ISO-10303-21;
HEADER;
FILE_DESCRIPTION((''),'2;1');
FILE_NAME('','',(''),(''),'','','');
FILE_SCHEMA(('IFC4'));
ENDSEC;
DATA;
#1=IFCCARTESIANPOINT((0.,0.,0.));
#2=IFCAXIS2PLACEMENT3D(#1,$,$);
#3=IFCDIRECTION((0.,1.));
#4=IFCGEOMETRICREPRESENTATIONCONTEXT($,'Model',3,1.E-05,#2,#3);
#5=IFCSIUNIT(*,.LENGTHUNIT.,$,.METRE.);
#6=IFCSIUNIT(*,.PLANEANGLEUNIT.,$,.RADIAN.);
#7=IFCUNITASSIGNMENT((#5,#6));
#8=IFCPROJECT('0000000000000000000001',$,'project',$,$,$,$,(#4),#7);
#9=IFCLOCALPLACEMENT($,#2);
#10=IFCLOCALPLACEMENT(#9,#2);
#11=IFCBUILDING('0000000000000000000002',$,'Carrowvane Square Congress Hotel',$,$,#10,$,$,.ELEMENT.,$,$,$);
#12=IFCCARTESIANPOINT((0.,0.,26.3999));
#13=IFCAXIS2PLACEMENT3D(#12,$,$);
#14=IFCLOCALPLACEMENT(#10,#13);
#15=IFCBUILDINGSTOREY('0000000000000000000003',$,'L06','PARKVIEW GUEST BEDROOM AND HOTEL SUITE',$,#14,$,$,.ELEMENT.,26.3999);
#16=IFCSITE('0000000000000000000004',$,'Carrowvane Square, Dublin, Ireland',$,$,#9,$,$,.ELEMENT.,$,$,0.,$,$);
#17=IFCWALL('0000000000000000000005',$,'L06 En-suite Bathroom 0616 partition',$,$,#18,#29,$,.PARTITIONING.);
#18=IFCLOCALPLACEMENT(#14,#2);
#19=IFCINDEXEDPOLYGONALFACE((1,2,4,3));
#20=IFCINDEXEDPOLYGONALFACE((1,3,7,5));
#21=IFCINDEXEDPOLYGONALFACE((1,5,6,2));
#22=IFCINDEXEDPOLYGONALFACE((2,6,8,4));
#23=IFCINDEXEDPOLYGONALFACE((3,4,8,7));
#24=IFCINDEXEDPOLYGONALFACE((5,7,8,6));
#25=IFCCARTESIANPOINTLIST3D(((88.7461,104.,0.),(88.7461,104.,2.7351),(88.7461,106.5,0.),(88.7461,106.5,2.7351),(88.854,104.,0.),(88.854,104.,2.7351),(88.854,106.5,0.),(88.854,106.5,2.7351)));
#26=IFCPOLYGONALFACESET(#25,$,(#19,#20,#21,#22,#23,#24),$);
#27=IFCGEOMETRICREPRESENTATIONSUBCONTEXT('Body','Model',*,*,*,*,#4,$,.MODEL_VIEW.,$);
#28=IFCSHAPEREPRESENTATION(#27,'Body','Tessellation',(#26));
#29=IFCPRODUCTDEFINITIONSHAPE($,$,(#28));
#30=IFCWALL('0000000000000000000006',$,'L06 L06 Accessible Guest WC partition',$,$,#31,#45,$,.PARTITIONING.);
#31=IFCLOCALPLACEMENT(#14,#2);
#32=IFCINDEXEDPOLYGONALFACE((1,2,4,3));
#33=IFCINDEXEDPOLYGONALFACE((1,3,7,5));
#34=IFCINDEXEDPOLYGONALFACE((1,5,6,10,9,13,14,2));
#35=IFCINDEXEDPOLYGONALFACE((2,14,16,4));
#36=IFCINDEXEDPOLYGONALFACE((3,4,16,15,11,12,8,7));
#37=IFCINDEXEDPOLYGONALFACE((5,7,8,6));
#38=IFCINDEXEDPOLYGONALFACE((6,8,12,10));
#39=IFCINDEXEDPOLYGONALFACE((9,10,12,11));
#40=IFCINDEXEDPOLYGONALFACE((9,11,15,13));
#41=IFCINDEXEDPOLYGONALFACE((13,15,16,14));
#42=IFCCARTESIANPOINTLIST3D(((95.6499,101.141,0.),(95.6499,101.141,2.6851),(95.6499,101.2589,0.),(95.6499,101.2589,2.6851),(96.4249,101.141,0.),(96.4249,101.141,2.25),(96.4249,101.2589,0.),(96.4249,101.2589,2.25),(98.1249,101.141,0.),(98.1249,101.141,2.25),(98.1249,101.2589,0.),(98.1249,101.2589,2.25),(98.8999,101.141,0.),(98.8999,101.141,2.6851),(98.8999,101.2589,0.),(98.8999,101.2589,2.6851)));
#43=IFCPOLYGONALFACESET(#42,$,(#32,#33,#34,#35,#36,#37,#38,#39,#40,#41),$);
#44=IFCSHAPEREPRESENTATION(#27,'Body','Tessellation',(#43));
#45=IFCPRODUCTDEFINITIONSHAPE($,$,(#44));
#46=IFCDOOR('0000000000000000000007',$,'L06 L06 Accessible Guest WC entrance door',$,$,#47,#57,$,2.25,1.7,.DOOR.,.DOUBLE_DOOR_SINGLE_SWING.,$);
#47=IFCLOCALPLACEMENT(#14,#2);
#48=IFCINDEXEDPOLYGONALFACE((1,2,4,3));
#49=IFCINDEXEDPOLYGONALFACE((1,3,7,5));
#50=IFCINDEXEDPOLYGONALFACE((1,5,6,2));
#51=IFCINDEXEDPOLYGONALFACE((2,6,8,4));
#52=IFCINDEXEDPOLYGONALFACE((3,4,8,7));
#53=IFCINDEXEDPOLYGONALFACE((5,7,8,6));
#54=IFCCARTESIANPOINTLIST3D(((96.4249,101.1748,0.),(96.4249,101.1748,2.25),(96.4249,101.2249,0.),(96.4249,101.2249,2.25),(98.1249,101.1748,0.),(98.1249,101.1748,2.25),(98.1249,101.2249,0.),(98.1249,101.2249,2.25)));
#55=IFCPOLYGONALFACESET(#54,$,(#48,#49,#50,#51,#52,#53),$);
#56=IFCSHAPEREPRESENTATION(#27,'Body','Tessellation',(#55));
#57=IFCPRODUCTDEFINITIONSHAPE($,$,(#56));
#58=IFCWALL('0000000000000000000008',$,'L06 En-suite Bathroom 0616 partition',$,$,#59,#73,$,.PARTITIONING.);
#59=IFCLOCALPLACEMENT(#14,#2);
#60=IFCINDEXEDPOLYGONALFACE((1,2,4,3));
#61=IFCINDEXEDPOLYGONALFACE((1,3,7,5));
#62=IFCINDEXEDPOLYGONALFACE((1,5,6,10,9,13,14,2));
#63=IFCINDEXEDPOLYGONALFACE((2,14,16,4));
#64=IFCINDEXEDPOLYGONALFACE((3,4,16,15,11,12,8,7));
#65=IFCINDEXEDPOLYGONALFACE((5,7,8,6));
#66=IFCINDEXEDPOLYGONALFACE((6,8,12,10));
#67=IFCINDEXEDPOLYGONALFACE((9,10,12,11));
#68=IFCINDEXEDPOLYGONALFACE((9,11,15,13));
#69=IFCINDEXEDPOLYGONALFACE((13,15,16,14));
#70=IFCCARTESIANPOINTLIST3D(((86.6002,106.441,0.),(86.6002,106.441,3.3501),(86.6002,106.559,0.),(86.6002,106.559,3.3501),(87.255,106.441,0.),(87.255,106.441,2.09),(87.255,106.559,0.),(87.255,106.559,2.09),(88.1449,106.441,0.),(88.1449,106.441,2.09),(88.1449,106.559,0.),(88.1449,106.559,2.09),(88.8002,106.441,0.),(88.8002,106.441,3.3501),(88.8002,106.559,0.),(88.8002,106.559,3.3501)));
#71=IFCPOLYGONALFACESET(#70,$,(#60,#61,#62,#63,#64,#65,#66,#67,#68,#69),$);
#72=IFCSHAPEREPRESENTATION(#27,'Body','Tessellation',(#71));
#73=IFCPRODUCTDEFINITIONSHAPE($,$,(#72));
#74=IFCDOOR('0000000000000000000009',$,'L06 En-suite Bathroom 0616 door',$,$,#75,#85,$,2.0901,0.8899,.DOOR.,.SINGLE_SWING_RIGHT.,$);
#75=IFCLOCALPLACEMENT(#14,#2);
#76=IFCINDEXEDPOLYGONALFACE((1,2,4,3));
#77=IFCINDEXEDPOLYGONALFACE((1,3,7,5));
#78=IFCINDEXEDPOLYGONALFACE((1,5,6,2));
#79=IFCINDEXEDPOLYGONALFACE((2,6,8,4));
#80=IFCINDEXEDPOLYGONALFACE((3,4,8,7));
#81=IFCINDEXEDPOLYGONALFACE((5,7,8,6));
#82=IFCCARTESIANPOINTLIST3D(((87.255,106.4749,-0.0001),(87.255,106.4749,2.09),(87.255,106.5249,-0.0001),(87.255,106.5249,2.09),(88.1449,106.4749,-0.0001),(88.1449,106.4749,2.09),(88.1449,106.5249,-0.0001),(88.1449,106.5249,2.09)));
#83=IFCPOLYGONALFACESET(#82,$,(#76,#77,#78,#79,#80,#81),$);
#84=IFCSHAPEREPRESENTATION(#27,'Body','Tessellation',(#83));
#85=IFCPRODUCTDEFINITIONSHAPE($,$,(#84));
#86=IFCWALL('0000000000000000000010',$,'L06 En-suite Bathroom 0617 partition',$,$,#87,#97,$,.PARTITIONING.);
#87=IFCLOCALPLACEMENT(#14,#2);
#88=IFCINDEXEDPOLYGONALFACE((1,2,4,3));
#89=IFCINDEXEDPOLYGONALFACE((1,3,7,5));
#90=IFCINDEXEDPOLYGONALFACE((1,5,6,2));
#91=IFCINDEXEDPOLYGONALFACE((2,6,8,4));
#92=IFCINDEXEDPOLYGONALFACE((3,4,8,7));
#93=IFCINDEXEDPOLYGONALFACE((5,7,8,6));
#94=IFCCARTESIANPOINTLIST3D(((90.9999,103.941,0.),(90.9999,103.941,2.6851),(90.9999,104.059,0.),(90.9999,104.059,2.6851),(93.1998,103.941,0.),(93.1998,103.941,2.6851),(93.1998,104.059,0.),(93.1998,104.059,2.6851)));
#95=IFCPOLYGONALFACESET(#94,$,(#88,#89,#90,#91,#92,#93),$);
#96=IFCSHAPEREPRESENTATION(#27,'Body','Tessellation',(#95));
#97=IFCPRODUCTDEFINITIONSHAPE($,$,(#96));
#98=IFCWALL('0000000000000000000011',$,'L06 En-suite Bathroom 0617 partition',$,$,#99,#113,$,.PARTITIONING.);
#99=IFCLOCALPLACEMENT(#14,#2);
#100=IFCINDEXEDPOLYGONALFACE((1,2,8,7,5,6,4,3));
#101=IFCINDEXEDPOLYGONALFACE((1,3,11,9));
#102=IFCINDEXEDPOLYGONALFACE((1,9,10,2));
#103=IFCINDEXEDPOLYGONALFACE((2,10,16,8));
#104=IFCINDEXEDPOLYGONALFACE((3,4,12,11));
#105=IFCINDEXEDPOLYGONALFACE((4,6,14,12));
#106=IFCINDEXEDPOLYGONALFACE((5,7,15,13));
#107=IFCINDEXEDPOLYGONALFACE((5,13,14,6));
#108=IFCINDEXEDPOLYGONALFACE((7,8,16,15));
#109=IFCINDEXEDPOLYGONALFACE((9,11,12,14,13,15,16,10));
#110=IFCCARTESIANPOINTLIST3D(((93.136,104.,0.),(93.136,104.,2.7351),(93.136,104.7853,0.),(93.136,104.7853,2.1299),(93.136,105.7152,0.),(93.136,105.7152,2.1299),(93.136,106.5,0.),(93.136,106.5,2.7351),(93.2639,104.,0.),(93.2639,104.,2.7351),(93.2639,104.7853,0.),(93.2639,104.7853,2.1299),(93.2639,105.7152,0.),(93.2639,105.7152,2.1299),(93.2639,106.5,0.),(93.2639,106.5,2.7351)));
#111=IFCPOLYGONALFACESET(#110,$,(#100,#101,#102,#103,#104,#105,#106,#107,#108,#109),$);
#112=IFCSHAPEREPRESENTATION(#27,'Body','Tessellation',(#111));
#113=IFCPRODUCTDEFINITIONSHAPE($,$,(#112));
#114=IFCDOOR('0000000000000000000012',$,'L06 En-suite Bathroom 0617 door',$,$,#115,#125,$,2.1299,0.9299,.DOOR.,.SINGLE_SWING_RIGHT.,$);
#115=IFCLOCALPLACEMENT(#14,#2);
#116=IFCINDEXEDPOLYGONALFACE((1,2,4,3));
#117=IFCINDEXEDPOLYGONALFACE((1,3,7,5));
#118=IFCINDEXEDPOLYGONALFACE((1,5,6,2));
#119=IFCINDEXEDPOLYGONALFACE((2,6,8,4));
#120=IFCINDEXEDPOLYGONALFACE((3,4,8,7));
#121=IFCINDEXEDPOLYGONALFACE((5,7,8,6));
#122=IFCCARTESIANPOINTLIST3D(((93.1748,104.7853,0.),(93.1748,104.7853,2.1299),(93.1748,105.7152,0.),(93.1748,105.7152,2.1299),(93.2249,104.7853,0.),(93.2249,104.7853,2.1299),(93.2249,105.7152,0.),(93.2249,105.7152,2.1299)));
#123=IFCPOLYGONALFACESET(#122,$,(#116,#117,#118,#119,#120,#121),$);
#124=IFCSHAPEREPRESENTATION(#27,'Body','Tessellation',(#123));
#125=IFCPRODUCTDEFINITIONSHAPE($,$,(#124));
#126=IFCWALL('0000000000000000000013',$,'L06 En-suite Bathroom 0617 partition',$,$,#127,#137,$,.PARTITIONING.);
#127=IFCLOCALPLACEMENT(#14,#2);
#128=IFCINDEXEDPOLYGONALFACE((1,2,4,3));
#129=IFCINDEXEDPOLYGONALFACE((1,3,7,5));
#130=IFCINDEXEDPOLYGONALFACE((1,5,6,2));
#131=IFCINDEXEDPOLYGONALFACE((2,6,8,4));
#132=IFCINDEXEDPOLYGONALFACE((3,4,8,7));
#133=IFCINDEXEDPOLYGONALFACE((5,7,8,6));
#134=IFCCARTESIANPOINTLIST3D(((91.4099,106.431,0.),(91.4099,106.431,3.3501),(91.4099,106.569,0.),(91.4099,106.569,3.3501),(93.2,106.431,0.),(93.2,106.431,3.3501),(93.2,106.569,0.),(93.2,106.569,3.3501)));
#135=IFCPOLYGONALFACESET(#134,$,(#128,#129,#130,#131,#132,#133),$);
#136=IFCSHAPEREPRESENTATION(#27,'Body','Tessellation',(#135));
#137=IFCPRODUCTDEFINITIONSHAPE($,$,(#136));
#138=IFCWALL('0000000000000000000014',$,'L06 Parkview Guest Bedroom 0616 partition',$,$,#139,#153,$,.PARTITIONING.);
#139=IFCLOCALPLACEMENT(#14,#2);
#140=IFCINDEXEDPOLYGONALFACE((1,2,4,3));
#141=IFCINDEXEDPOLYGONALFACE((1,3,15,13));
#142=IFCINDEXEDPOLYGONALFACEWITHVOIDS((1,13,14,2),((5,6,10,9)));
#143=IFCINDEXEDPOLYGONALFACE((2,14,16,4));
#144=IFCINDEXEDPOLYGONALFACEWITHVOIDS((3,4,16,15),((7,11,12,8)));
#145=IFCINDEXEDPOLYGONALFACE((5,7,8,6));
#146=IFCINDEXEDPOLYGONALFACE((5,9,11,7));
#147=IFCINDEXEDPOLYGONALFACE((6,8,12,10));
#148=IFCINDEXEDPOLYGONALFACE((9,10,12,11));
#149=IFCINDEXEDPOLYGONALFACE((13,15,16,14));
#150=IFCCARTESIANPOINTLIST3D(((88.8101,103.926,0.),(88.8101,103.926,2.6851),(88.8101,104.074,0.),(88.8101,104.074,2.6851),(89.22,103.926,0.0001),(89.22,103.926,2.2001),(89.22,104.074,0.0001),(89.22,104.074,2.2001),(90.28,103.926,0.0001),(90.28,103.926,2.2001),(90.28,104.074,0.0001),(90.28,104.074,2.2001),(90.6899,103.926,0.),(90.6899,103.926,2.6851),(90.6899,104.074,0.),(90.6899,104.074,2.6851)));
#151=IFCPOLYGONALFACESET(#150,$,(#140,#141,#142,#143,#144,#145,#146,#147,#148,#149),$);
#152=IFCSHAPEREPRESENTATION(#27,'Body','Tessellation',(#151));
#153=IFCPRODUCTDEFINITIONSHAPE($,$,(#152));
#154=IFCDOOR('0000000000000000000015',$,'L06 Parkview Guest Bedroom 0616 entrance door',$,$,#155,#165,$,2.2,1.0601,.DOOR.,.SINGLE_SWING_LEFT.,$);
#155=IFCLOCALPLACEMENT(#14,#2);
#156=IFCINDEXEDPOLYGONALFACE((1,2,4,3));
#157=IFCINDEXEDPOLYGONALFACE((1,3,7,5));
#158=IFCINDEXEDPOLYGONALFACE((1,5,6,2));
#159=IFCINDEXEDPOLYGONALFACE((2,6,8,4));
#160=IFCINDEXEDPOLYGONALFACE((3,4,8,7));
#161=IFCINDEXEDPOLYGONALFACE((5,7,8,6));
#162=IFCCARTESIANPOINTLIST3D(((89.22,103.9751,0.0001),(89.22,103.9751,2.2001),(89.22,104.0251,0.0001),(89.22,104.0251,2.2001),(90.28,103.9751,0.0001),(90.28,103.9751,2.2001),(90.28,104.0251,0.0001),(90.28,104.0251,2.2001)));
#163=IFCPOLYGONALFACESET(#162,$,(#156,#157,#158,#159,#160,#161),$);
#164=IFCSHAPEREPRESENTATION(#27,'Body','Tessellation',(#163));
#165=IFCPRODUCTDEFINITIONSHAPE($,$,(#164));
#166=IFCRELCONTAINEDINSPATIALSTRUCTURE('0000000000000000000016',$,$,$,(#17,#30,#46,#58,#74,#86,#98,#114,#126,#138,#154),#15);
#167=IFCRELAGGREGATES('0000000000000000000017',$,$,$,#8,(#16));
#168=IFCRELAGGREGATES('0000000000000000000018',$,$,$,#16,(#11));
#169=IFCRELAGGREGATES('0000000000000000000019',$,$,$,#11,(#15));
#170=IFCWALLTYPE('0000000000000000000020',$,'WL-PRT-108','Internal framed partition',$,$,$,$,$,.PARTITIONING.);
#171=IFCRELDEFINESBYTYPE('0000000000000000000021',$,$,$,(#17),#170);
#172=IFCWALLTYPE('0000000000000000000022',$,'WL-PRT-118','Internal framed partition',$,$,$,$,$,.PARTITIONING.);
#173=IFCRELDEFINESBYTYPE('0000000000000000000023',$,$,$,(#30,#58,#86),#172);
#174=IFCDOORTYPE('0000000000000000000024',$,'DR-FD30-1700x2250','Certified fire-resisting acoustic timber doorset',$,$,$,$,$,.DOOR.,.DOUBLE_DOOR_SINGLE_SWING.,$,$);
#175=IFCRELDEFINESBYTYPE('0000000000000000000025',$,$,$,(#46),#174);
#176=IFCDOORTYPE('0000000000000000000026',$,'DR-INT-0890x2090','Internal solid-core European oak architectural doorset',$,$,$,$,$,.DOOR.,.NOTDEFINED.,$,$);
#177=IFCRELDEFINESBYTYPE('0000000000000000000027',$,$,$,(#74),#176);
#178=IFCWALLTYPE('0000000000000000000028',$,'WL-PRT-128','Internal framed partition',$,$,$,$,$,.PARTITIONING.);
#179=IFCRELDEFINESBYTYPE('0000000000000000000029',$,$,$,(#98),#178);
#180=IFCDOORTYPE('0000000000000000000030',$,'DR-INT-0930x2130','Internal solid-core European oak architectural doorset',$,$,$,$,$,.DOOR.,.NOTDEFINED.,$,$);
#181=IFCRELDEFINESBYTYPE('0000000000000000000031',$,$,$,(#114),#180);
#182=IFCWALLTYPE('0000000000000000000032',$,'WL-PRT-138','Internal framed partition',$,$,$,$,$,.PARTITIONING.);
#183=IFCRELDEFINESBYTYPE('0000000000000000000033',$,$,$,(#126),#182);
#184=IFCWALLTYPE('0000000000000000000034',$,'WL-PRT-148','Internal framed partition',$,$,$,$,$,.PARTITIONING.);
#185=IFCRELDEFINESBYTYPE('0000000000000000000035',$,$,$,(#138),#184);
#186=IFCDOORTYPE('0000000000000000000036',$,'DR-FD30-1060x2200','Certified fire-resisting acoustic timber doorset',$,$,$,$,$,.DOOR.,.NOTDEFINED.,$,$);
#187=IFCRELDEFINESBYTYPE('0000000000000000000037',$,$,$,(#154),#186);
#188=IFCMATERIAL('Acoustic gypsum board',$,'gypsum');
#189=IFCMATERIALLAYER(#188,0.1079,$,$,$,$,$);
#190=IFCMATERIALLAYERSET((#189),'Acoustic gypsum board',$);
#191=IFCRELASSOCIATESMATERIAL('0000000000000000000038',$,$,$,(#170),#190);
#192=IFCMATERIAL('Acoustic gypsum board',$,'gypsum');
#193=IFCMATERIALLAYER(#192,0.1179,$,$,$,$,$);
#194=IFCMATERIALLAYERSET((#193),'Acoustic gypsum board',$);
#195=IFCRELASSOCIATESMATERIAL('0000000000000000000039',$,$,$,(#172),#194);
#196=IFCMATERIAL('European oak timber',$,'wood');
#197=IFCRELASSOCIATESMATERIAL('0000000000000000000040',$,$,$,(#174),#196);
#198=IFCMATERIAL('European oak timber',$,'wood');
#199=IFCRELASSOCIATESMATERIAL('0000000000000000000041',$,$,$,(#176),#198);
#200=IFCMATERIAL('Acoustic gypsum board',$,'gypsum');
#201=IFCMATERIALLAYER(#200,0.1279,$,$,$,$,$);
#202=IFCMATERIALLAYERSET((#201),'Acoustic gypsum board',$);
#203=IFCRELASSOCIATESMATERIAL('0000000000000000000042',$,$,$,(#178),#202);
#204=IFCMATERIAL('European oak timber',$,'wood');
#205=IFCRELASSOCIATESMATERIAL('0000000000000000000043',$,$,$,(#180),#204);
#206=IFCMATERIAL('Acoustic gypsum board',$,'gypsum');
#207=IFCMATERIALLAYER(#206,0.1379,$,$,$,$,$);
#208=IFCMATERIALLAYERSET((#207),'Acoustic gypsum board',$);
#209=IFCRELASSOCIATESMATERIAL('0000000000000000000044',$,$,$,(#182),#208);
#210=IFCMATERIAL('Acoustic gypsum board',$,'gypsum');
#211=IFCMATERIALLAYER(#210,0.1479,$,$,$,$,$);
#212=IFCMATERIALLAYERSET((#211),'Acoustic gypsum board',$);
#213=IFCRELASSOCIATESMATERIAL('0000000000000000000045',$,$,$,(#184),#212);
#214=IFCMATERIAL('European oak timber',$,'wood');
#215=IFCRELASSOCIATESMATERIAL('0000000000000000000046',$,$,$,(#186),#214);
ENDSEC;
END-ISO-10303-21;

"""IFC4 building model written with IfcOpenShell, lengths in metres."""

from ifc_helpers import new_model, si_unit, direction, frame, frame_2d, origin, place, context, subcontext, project, spatial, rectangle, extrude, material, layer, layer_set, type_object, element, fill, save


model = new_model("IFC4")

# Units and contexts
model_context = context("Model", 3, precision=1e-05, world=origin(), true_north=direction((0.0, 1.0)))
body_context = subcontext(model_context, "Body", "Model", "MODEL_VIEW")
ifc_project = project(units=[si_unit("LENGTHUNIT", "METRE"), si_unit("PLANEANGLEUNIT", "RADIAN")], contexts=[model_context])

# Site, building, storey
site_placement = place(None, origin())
site = spatial("IfcSite", under=ifc_project, at=site_placement, Name="Carrowvane Square, Dublin, Ireland", CompositionType="ELEMENT", RefElevation=0.0)
building_placement = place(site_placement, origin())
building = spatial("IfcBuilding", under=site, at=building_placement, Name="Carrowvane Square Congress Hotel", CompositionType="ELEMENT")
storey_placement = place(building_placement, frame((0.0, 0.0, 26.3999)))
storey = spatial("IfcBuildingStorey", under=building, at=storey_placement, Name="L06", Description="PARKVIEW GUEST BEDROOM AND HOTEL SUITE", CompositionType="ELEMENT", Elevation=26.3999)

# Wall
ifc_material_1 = material(Name="Acoustic gypsum board", Category="gypsum")
ifc_layer_1 = layer(ifc_material_1, 0.1079)
ifc_layer_set_1 = layer_set([ifc_layer_1], Name="Acoustic gypsum board")
wall_type_1 = type_object("IfcWallType", Name="WL-PRT-108", Description="Internal framed partition", PredefinedType="PARTITIONING", material=ifc_layer_set_1)
wall_1_placement = place(storey_placement, frame((88.8, 106.5, 0.0), z_axis=(0.0, 0.0, 1.0), x_axis=(0.0, -1.0, 0.0)))
element("IfcWall", 1, at=wall_1_placement, inside=storey, type_object=wall_type_1, Name="L06 En-suite Bathroom 0616 partition", PredefinedType="PARTITIONING", context=body_context, shape_type="SweptSolid", body=[
    extrude(rectangle(XDim=2.5, YDim=0.1079, at=frame_2d((1.25, 0.0))), origin(), (0.0, 0.0, 1.0), 2.7351),
])

# Walls, openings, doors
ifc_material_2 = material(Name="Acoustic gypsum board", Category="gypsum")
ifc_layer_2 = layer(ifc_material_2, 0.1179)
ifc_layer_set_2 = layer_set([ifc_layer_2], Name="Acoustic gypsum board")
wall_type_2 = type_object("IfcWallType", Name="WL-PRT-118", Description="Internal framed partition", PredefinedType="PARTITIONING", material=ifc_layer_set_2)
wall_2_placement = place(storey_placement, frame((95.6499, 101.2, 0.0), z_axis=(0.0, 0.0, 1.0), x_axis=(1.0, 0.0, 0.0)))
wall_2 = element("IfcWall", 2, at=wall_2_placement, inside=storey, type_object=wall_type_2, Name="L06 L06 Accessible Guest WC partition", PredefinedType="PARTITIONING", context=body_context, shape_type="SweptSolid", body=[
    extrude(rectangle(XDim=3.25, YDim=0.1179, at=frame_2d((1.625, 0.0))), origin(), (0.0, 0.0, 1.0), 2.6851),
])
opening_1_placement = place(wall_2_placement, frame((0.7749, 0.0, 0.0)))
opening_1 = element("IfcOpeningElement", 3, at=opening_1_placement, cuts=wall_2, PredefinedType="OPENING", context=body_context, shape_type="SweptSolid", body=[
    extrude(rectangle(XDim=1.7, YDim=2.25, at=frame_2d((0.8501, 1.125))), frame((0.0, 0.0688, 0.0), z_axis=(0.0, -1.0, 0.0), x_axis=(1.0, 0.0, 0.0)), (0.0, 0.0, 1.0), 0.1379),
])
ifc_material_3 = material(Name="European oak timber", Category="wood")
door_type_1 = type_object("IfcDoorType", Name="DR-FD30-1700x2250", Description="Certified fire-resisting acoustic timber doorset", OperationType="DOUBLE_DOOR_SINGLE_SWING", PredefinedType="DOOR", material=ifc_material_3)
door_1_placement = place(opening_1_placement, origin())
door_1 = element("IfcDoor", 4, at=door_1_placement, inside=storey, type_object=door_type_1, Name="L06 L06 Accessible Guest WC entrance door", OperationType="DOUBLE_DOOR_SINGLE_SWING", OverallHeight=2.25, OverallWidth=1.7, PredefinedType="DOOR", context=body_context, shape_type="SweptSolid", body=[
    extrude(rectangle(XDim=1.7, YDim=2.25, at=frame_2d((0.8501, 1.125))), frame((0.0, 0.0249, 0.0), z_axis=(0.0, -1.0, 0.0), x_axis=(1.0, 0.0, 0.0)), (0.0, 0.0, 1.0), 0.05),
])
fill(opening_1, door_1)
wall_3_placement = place(storey_placement, frame((86.6001, 106.5, 0.0), z_axis=(0.0, 0.0, 1.0), x_axis=(1.0, 0.0, 0.0)))
wall_3 = element("IfcWall", 5, at=wall_3_placement, inside=storey, type_object=wall_type_2, Name="L06 En-suite Bathroom 0616 partition", PredefinedType="PARTITIONING", context=body_context, shape_type="SweptSolid", body=[
    extrude(rectangle(XDim=2.2, YDim=0.1179, at=frame_2d((1.1001, 0.0))), origin(), (0.0, 0.0, 1.0), 3.3501),
])
opening_2_placement = place(wall_3_placement, frame((0.655, 0.0, 0.0)))
opening_2 = element("IfcOpeningElement", 6, at=opening_2_placement, cuts=wall_3, PredefinedType="OPENING", context=body_context, shape_type="SweptSolid", body=[
    extrude(rectangle(XDim=0.8899, YDim=2.0901, at=frame_2d((0.4448, 1.0449))), frame((0.0, 0.0688, 0.0), z_axis=(0.0, -1.0, 0.0), x_axis=(1.0, 0.0, 0.0)), (0.0, 0.0, 1.0), 0.1379),
])
ifc_material_4 = material(Name="European oak timber", Category="wood")
door_type_2 = type_object("IfcDoorType", Name="DR-INT-0890x2090", Description="Internal solid-core European oak architectural doorset", OperationType="NOTDEFINED", PredefinedType="DOOR", material=ifc_material_4)
door_2_placement = place(opening_2_placement, origin())
door_2 = element("IfcDoor", 7, at=door_2_placement, inside=storey, type_object=door_type_2, Name="L06 En-suite Bathroom 0616 door", OperationType="SINGLE_SWING_RIGHT", OverallHeight=2.0901, OverallWidth=0.8899, PredefinedType="DOOR", context=body_context, shape_type="SweptSolid", body=[
    extrude(rectangle(XDim=0.8899, YDim=2.0901, at=frame_2d((0.4448, 1.0449))), frame((0.0, 0.0249, 0.0), z_axis=(0.0, -1.0, 0.0), x_axis=(1.0, 0.0, 0.0)), (0.0, 0.0, 1.0), 0.05),
])
fill(opening_2, door_2)

# Wall
wall_4_placement = place(storey_placement, frame((93.2, 104.0, 0.0), z_axis=(0.0, 0.0, 1.0), x_axis=(-1.0, 0.0, 0.0)))
element("IfcWall", 8, at=wall_4_placement, inside=storey, type_object=wall_type_2, Name="L06 En-suite Bathroom 0617 partition", PredefinedType="PARTITIONING", context=body_context, shape_type="SweptSolid", body=[
    extrude(rectangle(XDim=2.2, YDim=0.1179, at=frame_2d((1.1001, 0.0))), origin(), (0.0, 0.0, 1.0), 2.6851),
])

# Wall, opening, door
ifc_material_5 = material(Name="Acoustic gypsum board", Category="gypsum")
ifc_layer_3 = layer(ifc_material_5, 0.1279)
ifc_layer_set_3 = layer_set([ifc_layer_3], Name="Acoustic gypsum board")
wall_type_3 = type_object("IfcWallType", Name="WL-PRT-128", Description="Internal framed partition", PredefinedType="PARTITIONING", material=ifc_layer_set_3)
wall_5_placement = place(storey_placement, frame((93.2, 106.5, 0.0), z_axis=(0.0, 0.0, 1.0), x_axis=(0.0, -1.0, 0.0)))
wall_5 = element("IfcWall", 9, at=wall_5_placement, inside=storey, type_object=wall_type_3, Name="L06 En-suite Bathroom 0617 partition", PredefinedType="PARTITIONING", context=body_context, shape_type="SweptSolid", body=[
    extrude(rectangle(XDim=2.5, YDim=0.1279, at=frame_2d((1.25, 0.0))), origin(), (0.0, 0.0, 1.0), 2.7351),
])
opening_3_placement = place(wall_5_placement, frame((0.7849, 0.0, 0.0)))
opening_3 = element("IfcOpeningElement", 10, at=opening_3_placement, cuts=wall_5, PredefinedType="OPENING", context=body_context, shape_type="SweptSolid", body=[
    extrude(rectangle(XDim=0.9299, YDim=2.1299, at=frame_2d((0.4648, 1.0649))), frame((0.0, 0.074, 0.0), z_axis=(0.0, -1.0, 0.0), x_axis=(1.0, 0.0, 0.0)), (0.0, 0.0, 1.0), 0.1479),
])
ifc_material_6 = material(Name="European oak timber", Category="wood")
door_type_3 = type_object("IfcDoorType", Name="DR-INT-0930x2130", Description="Internal solid-core European oak architectural doorset", OperationType="NOTDEFINED", PredefinedType="DOOR", material=ifc_material_6)
door_3_placement = place(opening_3_placement, origin())
door_3 = element("IfcDoor", 11, at=door_3_placement, inside=storey, type_object=door_type_3, Name="L06 En-suite Bathroom 0617 door", OperationType="SINGLE_SWING_RIGHT", OverallHeight=2.1299, OverallWidth=0.9299, PredefinedType="DOOR", context=body_context, shape_type="SweptSolid", body=[
    extrude(rectangle(XDim=0.9299, YDim=2.1299, at=frame_2d((0.4648, 1.0649))), frame((0.0, 0.0249, 0.0), z_axis=(0.0, -1.0, 0.0), x_axis=(1.0, 0.0, 0.0)), (0.0, 0.0, 1.0), 0.05),
])
fill(opening_3, door_3)

# Wall
ifc_material_7 = material(Name="Acoustic gypsum board", Category="gypsum")
ifc_layer_4 = layer(ifc_material_7, 0.1379)
ifc_layer_set_4 = layer_set([ifc_layer_4], Name="Acoustic gypsum board")
wall_type_4 = type_object("IfcWallType", Name="WL-PRT-138", Description="Internal framed partition", PredefinedType="PARTITIONING", material=ifc_layer_set_4)
wall_6_placement = place(storey_placement, frame((91.4099, 106.5, 0.0), z_axis=(0.0, 0.0, 1.0), x_axis=(1.0, 0.0, 0.0)))
element("IfcWall", 12, at=wall_6_placement, inside=storey, type_object=wall_type_4, Name="L06 En-suite Bathroom 0617 partition", PredefinedType="PARTITIONING", context=body_context, shape_type="SweptSolid", body=[
    extrude(rectangle(XDim=1.79, YDim=0.1379, at=frame_2d((0.895, 0.0))), origin(), (0.0, 0.0, 1.0), 3.3501),
])

# Wall, opening, door
ifc_material_8 = material(Name="Acoustic gypsum board", Category="gypsum")
ifc_layer_5 = layer(ifc_material_8, 0.1479)
ifc_layer_set_5 = layer_set([ifc_layer_5], Name="Acoustic gypsum board")
wall_type_5 = type_object("IfcWallType", Name="WL-PRT-148", Description="Internal framed partition", PredefinedType="PARTITIONING", material=ifc_layer_set_5)
wall_7_placement = place(storey_placement, frame((90.6899, 104.0, 0.0), z_axis=(0.0, 0.0, 1.0), x_axis=(-1.0, 0.0, 0.0)))
wall_7 = element("IfcWall", 13, at=wall_7_placement, inside=storey, type_object=wall_type_5, Name="L06 Parkview Guest Bedroom 0616 partition", PredefinedType="PARTITIONING", context=body_context, shape_type="SweptSolid", body=[
    extrude(rectangle(XDim=1.8799, YDim=0.1479, at=frame_2d((0.9399, 0.0))), origin(), (0.0, 0.0, 1.0), 2.6851),
])
opening_4_placement = place(wall_7_placement, frame((0.4099, 0.0, 0.0)))
opening_4 = element("IfcOpeningElement", 14, at=opening_4_placement, cuts=wall_7, PredefinedType="OPENING", context=body_context, shape_type="SweptSolid", body=[
    extrude(rectangle(XDim=1.0601, YDim=2.2, at=frame_2d((0.53, 1.1001))), frame((0.0, 0.084, 0.0), z_axis=(0.0, -1.0, 0.0), x_axis=(1.0, 0.0, 0.0)), (0.0, 0.0, 1.0), 0.168),
])
ifc_material_9 = material(Name="European oak timber", Category="wood")
door_type_4 = type_object("IfcDoorType", Name="DR-FD30-1060x2200", Description="Certified fire-resisting acoustic timber doorset", OperationType="NOTDEFINED", PredefinedType="DOOR", material=ifc_material_9)
door_4_placement = place(opening_4_placement, origin())
door_4 = element("IfcDoor", 15, at=door_4_placement, inside=storey, type_object=door_type_4, Name="L06 Parkview Guest Bedroom 0616 entrance door", OperationType="SINGLE_SWING_LEFT", OverallHeight=2.2, OverallWidth=1.0601, PredefinedType="DOOR", context=body_context, shape_type="SweptSolid", body=[
    extrude(rectangle(XDim=1.0601, YDim=2.2, at=frame_2d((0.53, 1.1001))), frame((0.0, 0.0249, 0.0), z_axis=(0.0, -1.0, 0.0), x_axis=(1.0, 0.0, 0.0)), (0.0, 0.0, 1.0), 0.05),
])
fill(opening_4, door_4)

save(model, "model.ifc")
